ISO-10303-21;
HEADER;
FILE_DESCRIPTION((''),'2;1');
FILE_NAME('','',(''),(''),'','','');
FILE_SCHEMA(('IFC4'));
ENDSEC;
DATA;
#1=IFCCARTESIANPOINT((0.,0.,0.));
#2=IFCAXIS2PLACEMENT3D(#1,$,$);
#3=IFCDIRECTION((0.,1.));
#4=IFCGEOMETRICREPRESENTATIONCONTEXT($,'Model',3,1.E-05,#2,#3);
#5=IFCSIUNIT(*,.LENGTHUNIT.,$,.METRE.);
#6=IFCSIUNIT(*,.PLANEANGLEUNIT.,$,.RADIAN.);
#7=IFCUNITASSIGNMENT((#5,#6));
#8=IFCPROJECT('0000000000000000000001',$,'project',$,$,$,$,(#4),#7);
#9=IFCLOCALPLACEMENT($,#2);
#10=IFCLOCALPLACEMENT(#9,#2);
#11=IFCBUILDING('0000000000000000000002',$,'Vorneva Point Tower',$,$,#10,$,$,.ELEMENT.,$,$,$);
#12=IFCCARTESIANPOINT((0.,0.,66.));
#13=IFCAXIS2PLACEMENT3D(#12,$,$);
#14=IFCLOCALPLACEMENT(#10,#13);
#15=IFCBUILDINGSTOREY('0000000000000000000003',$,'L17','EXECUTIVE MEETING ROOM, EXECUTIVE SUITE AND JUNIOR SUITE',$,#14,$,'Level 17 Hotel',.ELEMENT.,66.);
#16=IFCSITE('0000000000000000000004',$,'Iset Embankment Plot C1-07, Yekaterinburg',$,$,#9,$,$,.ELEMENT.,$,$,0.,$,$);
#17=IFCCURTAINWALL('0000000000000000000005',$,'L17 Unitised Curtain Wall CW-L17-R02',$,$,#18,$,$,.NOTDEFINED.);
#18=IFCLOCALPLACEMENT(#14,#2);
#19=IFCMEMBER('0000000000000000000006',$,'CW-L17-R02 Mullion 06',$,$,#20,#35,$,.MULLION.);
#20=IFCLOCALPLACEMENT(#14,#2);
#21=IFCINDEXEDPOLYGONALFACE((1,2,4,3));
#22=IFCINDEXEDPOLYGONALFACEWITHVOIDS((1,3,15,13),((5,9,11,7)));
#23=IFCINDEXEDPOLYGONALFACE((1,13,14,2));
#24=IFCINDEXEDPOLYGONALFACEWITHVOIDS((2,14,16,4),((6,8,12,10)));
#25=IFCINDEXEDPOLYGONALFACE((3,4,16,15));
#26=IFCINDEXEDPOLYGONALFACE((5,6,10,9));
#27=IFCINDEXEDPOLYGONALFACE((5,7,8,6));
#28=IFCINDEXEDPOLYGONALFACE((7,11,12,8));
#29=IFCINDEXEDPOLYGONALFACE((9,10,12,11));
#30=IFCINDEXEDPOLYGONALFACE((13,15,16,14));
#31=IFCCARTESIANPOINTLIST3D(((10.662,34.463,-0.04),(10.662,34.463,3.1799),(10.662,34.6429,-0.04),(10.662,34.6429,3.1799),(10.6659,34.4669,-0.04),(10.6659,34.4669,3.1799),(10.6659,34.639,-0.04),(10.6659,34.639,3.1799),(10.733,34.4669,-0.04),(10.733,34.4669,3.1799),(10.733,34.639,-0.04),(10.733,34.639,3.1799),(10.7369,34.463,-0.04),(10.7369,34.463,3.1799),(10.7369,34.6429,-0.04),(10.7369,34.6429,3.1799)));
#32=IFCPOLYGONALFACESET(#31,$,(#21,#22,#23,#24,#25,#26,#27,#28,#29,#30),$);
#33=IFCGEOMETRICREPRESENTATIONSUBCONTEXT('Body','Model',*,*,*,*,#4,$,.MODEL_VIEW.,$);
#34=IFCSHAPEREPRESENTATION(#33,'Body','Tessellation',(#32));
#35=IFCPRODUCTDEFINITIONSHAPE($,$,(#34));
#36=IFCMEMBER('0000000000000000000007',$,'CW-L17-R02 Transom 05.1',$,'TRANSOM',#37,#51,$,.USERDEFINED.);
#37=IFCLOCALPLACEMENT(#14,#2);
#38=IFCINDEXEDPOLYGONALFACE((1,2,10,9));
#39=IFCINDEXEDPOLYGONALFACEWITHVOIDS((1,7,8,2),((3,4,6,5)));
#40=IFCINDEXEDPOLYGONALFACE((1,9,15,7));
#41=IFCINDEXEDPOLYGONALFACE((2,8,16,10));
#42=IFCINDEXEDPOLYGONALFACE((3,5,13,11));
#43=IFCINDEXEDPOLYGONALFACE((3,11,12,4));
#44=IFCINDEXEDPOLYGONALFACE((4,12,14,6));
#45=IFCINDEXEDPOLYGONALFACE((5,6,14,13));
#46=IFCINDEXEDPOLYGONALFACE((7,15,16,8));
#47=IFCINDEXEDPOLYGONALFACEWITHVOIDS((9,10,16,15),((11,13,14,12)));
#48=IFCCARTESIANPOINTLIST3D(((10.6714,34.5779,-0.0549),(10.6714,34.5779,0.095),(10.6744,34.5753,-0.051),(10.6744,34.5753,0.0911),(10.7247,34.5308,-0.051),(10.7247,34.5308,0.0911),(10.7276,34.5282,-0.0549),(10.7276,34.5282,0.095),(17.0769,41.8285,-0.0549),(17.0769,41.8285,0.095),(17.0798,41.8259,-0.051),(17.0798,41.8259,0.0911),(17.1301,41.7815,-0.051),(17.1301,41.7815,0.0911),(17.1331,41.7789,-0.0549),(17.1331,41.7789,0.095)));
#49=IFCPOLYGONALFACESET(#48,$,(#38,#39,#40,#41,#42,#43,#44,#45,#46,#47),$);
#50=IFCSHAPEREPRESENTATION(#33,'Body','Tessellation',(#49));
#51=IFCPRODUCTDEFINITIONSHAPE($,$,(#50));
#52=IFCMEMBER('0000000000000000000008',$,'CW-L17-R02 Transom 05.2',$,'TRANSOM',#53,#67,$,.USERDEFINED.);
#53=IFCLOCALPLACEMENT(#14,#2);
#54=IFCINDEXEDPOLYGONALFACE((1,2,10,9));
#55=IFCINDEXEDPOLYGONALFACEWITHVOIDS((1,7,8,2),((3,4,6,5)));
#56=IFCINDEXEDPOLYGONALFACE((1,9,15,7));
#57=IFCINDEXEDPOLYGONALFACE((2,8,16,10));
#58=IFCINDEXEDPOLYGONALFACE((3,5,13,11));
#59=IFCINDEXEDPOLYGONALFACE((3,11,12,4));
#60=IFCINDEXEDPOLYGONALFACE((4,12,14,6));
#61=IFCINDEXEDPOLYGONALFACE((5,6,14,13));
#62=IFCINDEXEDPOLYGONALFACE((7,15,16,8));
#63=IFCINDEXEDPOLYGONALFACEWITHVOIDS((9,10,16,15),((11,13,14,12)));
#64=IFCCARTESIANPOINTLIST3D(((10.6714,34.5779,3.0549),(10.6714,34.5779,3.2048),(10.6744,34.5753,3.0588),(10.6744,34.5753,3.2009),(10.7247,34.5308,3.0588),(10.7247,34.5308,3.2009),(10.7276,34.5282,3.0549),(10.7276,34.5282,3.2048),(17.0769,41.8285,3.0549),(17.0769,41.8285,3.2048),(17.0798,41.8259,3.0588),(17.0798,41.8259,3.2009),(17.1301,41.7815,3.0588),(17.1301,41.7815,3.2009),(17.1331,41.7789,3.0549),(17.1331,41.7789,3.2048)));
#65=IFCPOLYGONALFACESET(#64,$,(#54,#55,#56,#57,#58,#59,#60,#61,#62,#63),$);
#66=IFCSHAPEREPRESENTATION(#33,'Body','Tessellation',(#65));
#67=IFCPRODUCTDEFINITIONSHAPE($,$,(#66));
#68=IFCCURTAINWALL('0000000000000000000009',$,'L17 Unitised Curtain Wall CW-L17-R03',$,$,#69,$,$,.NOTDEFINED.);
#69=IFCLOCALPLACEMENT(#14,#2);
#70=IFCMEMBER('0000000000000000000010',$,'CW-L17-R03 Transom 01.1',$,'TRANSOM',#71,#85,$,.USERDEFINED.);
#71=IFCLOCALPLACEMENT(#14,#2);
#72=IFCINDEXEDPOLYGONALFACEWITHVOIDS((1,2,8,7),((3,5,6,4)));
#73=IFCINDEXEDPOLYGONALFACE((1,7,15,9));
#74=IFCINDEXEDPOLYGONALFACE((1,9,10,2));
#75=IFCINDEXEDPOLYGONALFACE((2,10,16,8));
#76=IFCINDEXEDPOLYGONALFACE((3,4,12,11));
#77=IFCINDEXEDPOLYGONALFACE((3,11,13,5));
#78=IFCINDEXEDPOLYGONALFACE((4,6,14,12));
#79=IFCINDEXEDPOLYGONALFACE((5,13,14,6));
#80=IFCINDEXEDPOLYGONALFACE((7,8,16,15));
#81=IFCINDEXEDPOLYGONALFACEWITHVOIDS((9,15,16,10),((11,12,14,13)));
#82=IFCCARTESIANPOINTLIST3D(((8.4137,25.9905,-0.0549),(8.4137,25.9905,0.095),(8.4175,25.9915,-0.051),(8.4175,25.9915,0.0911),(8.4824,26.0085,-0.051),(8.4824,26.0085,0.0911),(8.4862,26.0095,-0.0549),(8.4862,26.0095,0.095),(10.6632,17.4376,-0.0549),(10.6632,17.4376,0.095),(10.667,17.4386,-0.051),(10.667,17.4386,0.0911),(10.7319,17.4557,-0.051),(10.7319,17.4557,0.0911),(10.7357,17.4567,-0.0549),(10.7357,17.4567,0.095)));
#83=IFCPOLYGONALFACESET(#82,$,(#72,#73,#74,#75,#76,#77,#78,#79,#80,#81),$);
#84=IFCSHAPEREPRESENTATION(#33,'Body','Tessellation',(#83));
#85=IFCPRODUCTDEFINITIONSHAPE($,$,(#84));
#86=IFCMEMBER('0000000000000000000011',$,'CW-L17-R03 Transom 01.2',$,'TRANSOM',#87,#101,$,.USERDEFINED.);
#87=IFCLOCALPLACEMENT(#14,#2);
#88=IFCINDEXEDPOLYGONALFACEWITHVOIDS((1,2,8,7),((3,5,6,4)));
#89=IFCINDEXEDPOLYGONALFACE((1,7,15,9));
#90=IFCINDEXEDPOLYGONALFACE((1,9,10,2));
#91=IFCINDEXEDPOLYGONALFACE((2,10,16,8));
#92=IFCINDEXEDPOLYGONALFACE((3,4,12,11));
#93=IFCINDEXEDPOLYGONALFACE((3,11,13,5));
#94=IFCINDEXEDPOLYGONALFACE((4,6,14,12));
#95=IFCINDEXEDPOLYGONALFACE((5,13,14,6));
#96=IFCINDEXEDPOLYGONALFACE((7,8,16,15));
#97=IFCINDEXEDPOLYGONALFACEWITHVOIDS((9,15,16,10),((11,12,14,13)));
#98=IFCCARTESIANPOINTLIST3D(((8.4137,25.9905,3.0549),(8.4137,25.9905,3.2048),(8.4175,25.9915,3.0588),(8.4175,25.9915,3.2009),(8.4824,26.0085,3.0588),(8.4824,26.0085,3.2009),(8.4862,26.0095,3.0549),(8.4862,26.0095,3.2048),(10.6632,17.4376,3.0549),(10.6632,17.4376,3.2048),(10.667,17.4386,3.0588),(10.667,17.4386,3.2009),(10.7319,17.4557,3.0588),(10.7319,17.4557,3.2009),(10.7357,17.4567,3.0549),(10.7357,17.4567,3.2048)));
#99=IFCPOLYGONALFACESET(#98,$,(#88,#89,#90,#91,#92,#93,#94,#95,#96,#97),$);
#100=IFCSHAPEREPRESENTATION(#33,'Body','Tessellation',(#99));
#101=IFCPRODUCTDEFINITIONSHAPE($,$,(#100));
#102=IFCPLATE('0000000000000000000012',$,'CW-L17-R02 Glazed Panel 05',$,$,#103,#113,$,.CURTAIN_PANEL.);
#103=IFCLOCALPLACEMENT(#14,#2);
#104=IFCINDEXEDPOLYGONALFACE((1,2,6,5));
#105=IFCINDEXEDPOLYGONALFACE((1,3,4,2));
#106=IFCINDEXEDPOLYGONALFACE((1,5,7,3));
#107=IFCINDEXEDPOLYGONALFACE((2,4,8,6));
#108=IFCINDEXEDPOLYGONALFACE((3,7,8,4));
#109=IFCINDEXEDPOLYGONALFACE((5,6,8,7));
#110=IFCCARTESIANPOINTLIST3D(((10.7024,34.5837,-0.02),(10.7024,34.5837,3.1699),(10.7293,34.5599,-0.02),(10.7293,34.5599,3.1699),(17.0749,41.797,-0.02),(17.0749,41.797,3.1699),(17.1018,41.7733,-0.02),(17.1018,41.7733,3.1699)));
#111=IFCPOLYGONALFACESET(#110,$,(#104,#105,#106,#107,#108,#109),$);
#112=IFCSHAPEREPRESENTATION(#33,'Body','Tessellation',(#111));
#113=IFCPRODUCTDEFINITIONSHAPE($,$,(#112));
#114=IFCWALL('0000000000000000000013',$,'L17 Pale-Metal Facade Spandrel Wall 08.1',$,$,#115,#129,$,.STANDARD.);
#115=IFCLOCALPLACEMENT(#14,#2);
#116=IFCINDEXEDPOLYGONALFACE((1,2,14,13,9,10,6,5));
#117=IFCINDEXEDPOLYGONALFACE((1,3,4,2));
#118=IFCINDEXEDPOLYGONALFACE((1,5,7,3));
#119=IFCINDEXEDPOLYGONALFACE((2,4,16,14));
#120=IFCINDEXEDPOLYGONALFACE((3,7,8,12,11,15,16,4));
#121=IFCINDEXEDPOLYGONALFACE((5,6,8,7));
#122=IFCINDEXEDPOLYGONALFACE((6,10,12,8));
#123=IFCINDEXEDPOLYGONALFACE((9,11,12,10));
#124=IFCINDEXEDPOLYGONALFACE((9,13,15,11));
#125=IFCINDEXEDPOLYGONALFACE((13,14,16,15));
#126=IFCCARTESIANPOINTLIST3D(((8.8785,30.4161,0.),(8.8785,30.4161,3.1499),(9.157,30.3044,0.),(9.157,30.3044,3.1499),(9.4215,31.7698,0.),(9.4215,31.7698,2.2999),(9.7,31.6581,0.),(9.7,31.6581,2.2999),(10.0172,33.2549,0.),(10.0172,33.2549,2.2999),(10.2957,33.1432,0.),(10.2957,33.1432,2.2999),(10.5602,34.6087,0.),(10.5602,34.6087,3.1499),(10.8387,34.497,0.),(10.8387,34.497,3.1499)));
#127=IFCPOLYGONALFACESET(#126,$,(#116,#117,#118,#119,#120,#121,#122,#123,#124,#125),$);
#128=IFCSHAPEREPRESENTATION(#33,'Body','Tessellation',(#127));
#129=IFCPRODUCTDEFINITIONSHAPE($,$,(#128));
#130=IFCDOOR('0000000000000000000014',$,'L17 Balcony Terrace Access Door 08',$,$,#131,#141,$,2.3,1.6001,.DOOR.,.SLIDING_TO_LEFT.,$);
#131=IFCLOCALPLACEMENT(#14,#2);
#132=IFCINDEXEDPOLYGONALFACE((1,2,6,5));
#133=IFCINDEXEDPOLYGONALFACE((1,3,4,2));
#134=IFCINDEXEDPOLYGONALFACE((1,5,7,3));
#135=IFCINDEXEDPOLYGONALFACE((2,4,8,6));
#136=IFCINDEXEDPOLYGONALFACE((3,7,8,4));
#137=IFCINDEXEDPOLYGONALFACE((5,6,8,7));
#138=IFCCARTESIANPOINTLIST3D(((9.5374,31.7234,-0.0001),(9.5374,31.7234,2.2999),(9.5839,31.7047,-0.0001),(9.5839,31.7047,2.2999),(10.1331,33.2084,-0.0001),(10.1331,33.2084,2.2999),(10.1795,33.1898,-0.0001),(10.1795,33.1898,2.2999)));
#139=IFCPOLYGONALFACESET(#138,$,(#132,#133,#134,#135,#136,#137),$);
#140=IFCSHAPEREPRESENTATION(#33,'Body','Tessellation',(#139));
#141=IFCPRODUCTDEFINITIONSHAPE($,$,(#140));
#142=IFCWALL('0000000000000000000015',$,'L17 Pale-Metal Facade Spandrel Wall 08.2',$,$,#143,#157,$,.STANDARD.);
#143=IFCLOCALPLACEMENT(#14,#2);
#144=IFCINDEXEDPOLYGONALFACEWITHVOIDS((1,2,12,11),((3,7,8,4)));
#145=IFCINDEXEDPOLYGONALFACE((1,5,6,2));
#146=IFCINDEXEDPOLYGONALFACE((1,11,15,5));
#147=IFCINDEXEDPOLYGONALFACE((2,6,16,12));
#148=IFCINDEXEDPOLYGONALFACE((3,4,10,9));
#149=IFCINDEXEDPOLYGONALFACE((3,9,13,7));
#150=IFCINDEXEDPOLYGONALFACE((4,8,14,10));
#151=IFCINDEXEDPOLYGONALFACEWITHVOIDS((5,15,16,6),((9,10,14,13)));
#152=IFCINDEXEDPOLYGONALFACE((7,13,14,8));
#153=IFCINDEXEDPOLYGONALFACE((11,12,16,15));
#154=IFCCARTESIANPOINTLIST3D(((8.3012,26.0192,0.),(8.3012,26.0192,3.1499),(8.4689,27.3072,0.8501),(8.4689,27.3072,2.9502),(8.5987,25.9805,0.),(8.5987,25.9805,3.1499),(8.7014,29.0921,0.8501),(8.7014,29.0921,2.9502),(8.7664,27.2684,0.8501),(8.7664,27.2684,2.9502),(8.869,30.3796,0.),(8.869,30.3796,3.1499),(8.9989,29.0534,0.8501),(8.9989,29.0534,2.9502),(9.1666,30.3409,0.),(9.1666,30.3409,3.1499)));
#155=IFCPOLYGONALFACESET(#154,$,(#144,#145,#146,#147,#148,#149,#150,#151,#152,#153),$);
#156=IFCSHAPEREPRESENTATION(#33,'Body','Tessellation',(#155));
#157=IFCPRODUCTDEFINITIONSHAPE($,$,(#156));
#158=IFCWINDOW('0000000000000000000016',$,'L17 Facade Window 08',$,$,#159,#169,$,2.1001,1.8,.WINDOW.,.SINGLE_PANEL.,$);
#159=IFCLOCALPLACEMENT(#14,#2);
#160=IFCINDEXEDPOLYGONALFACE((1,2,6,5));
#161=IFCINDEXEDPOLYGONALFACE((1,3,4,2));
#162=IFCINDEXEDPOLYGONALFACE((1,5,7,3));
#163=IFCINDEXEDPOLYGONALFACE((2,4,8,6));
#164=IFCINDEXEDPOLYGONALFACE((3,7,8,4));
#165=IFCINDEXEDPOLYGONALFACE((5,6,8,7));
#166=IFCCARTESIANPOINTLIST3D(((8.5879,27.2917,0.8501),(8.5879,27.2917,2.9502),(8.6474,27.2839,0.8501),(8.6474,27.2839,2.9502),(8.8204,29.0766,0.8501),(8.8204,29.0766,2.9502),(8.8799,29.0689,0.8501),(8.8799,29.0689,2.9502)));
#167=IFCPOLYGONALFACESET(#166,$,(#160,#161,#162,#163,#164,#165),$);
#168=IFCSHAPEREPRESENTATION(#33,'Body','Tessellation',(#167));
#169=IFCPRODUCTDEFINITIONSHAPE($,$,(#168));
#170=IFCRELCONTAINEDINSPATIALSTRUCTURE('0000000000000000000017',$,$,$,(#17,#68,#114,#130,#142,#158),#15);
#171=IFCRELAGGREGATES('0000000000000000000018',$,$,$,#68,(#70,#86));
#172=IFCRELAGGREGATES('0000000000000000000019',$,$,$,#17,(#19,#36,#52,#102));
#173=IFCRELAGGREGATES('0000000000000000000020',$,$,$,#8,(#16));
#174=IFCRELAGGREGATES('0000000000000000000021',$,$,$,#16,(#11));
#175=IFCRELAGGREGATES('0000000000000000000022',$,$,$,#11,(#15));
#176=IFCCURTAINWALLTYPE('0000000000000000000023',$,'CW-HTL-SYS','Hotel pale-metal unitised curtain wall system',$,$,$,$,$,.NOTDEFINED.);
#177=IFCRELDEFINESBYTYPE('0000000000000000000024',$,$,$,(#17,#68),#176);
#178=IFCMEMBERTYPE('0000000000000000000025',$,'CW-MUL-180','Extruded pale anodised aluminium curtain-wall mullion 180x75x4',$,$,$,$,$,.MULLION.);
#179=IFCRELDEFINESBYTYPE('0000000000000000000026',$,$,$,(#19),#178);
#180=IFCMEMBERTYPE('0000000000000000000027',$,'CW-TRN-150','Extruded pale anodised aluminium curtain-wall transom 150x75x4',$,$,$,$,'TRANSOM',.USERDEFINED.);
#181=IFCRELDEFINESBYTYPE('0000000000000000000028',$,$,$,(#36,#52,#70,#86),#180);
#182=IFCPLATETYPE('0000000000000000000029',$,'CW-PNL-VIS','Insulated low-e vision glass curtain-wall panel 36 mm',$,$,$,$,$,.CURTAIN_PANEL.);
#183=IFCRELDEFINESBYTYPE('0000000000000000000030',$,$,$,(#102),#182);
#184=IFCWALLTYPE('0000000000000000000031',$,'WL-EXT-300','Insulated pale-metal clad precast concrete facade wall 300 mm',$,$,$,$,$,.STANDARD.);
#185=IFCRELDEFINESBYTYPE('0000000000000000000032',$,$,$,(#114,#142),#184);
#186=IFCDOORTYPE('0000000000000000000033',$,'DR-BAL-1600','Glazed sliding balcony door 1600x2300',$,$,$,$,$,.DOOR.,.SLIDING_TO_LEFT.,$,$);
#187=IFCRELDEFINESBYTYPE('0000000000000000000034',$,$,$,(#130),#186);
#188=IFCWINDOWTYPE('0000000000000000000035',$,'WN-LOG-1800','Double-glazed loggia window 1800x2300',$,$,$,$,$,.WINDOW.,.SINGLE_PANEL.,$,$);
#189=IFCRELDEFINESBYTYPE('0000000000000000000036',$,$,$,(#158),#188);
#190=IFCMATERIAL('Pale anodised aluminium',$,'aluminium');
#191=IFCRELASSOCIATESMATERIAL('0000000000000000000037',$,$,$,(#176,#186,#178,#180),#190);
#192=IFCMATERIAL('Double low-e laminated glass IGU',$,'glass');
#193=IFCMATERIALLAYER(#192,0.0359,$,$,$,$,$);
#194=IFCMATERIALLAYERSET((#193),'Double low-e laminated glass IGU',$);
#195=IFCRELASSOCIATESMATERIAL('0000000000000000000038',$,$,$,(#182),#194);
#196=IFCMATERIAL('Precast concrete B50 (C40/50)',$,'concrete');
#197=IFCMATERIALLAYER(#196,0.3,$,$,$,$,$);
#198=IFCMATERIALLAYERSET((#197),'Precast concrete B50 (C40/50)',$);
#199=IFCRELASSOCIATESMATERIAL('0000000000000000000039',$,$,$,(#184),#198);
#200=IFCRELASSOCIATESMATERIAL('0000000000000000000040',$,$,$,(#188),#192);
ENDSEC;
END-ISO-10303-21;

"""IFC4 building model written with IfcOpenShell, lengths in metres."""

from ifc_helpers import new_model, si_unit, direction, frame, frame_2d, origin, origin_2d, place, context, subcontext, project, spatial, rectangle, hollow_rectangle, extrude, material, layer, layer_set, material_profile, profile_set, type_object, element, fill, aggregate, save


model = new_model("IFC4")

# Units and contexts
model_context = context("Model", 3, precision=1e-05, world=origin(), true_north=direction((0.0, 1.0)))
body_context = subcontext(model_context, "Body", "Model", "MODEL_VIEW")
ifc_project = project(units=[si_unit("LENGTHUNIT", "METRE"), si_unit("PLANEANGLEUNIT", "RADIAN")], contexts=[model_context])

# Site, building, storey
site_placement = place(None, origin())
site = spatial("IfcSite", under=ifc_project, at=site_placement, Name="Iset Embankment Plot C1-07, Yekaterinburg", CompositionType="ELEMENT", RefElevation=0.0)
building_placement = place(site_placement, origin())
building = spatial("IfcBuilding", under=site, at=building_placement, Name="Vorneva Point Tower", CompositionType="ELEMENT")
storey_placement = place(building_placement, frame((0.0, 0.0, 66.0)))
storey = spatial("IfcBuildingStorey", under=building, at=storey_placement, Name="L17", Description="EXECUTIVE MEETING ROOM, EXECUTIVE SUITE AND JUNIOR SUITE", LongName="Level 17 Hotel", CompositionType="ELEMENT", Elevation=66.0)

# Curtain walls, members
ifc_material_1 = material(Name="Pale anodised aluminium", Category="aluminium")
curtain_wall_type = type_object("IfcCurtainWallType", Name="CW-HTL-SYS", Description="Hotel pale-metal unitised curtain wall system", PredefinedType="NOTDEFINED", material=ifc_material_1)
curtain_wall_1_placement = place(storey_placement, origin())
curtain_wall_1 = element("IfcCurtainWall", 1, at=curtain_wall_1_placement, inside=storey, type_object=curtain_wall_type, Name="L17 Unitised Curtain Wall CW-L17-R02", PredefinedType="NOTDEFINED")
ifc_material_profile_1 = material_profile(ifc_material_1, hollow_rectangle(XDim=0.075, YDim=0.1799, WallThickness=0.0039, at=origin_2d()), Name="AL-MUL 180x75x4")
ifc_profile_set_1 = profile_set([ifc_material_profile_1], Name="Pale anodised aluminium")
member_type_1 = type_object("IfcMemberType", Name="CW-MUL-180", Description="Extruded pale anodised aluminium curtain-wall mullion 180x75x4", PredefinedType="MULLION", material=ifc_profile_set_1)
member_1_placement = place(storey_placement, frame((10.6995, 34.553, -0.04), z_axis=(0.0, 0.0, 1.0), x_axis=(1.0, 0.0, 0.0)))
member_1 = element("IfcMember", 2, at=member_1_placement, type_object=member_type_1, Name="CW-L17-R02 Mullion 06", PredefinedType="MULLION", context=body_context, shape_type="SweptSolid", body=[
    extrude(hollow_rectangle(XDim=0.075, YDim=0.1799, WallThickness=0.0039, at=origin_2d()), origin(), (0.0, 0.0, 1.0), 3.22),
])
ifc_material_profile_2 = material_profile(ifc_material_1, hollow_rectangle(XDim=0.075, YDim=0.1499, WallThickness=0.0039, at=origin_2d()), Name="AL-TRN 150x75x4")
ifc_profile_set_2 = profile_set([ifc_material_profile_2], Name="Pale anodised aluminium")
member_type_2 = type_object("IfcMemberType", Name="CW-TRN-150", Description="Extruded pale anodised aluminium curtain-wall transom 150x75x4", ElementType="TRANSOM", PredefinedType="USERDEFINED", material=ifc_profile_set_2)
member_2_placement = place(storey_placement, frame((17.105, 41.8037, 0.02), z_axis=(-0.662076, -0.749437, 0.0), x_axis=(0.749437, -0.662076, 0.0)))
member_2 = element("IfcMember", 3, at=member_2_placement, type_object=member_type_2, Name="CW-L17-R02 Transom 05.1", ObjectType="TRANSOM", PredefinedType="USERDEFINED", context=body_context, shape_type="SweptSolid", body=[
    extrude(hollow_rectangle(XDim=0.075, YDim=0.1499, WallThickness=0.0039, at=origin_2d()), origin(), (0.0, 0.0, 1.0), 9.6748),
])
member_3_placement = place(storey_placement, frame((17.105, 41.8037, 3.1299), z_axis=(-0.662076, -0.749437, 0.0), x_axis=(0.749437, -0.662076, 0.0)))
member_3 = element("IfcMember", 4, at=member_3_placement, type_object=member_type_2, Name="CW-L17-R02 Transom 05.2", ObjectType="TRANSOM", PredefinedType="USERDEFINED", context=body_context, shape_type="SweptSolid", body=[
    extrude(hollow_rectangle(XDim=0.075, YDim=0.1499, WallThickness=0.0039, at=origin_2d()), origin(), (0.0, 0.0, 1.0), 9.6748),
])
curtain_wall_2_placement = place(storey_placement, origin())
curtain_wall_2 = element("IfcCurtainWall", 5, at=curtain_wall_2_placement, inside=storey, type_object=curtain_wall_type, Name="L17 Unitised Curtain Wall CW-L17-R03", PredefinedType="NOTDEFINED")
member_4_placement = place(storey_placement, frame((8.45, 26.0, 0.02), z_axis=(0.254359, -0.96711, 0.0), x_axis=(0.96711, 0.254359, 0.0)))
member_4 = element("IfcMember", 6, at=member_4_placement, type_object=member_type_2, Name="CW-L17-R03 Transom 01.1", ObjectType="TRANSOM", PredefinedType="USERDEFINED", context=body_context, shape_type="SweptSolid", body=[
    extrude(hollow_rectangle(XDim=0.075, YDim=0.1499, WallThickness=0.0039, at=origin_2d()), origin(), (0.0, 0.0, 1.0), 8.8438),
])
member_5_placement = place(storey_placement, frame((8.45, 26.0, 3.1299), z_axis=(0.254359, -0.96711, 0.0), x_axis=(0.96711, 0.254359, 0.0)))
member_5 = element("IfcMember", 7, at=member_5_placement, type_object=member_type_2, Name="CW-L17-R03 Transom 01.2", ObjectType="TRANSOM", PredefinedType="USERDEFINED", context=body_context, shape_type="SweptSolid", body=[
    extrude(hollow_rectangle(XDim=0.075, YDim=0.1499, WallThickness=0.0039, at=origin_2d()), origin(), (0.0, 0.0, 1.0), 8.8438),
])
aggregate(curtain_wall_2, [member_4, member_5])

# Plate
ifc_material_2 = material(Name="Double low-e laminated glass IGU", Category="glass")
ifc_layer_1 = layer(ifc_material_2, 0.0359)
ifc_layer_set_1 = layer_set([ifc_layer_1], Name="Double low-e laminated glass IGU")
plate_type = type_object("IfcPlateType", Name="CW-PNL-VIS", Description="Insulated low-e vision glass curtain-wall panel 36 mm", PredefinedType="CURTAIN_PANEL", material=ifc_layer_set_1)
plate_placement = place(storey_placement, frame((13.9021, 38.1785, -0.02), z_axis=(0.0, 0.0, 1.0), x_axis=(-0.662071, -0.749441, 0.0)))
plate = element("IfcPlate", 8, at=plate_placement, type_object=plate_type, Name="CW-L17-R02 Glazed Panel 05", PredefinedType="CURTAIN_PANEL", context=body_context, shape_type="SweptSolid", body=[
    extrude(rectangle(XDim=9.625, YDim=0.0359, at=origin_2d()), origin(), (0.0, 0.0, 1.0), 3.1899),
])
aggregate(curtain_wall_1, [member_1, member_2, member_3, plate])

# Wall, opening, door
ifc_material_3 = material(Name="Precast concrete B50 (C40/50)", Category="concrete")
ifc_layer_2 = layer(ifc_material_3, 0.3)
ifc_layer_set_2 = layer_set([ifc_layer_2], Name="Precast concrete B50 (C40/50)")
wall_type_1 = type_object("IfcWallType", Name="WL-EXT-300", Description="Insulated pale-metal clad precast concrete facade wall 300 mm", PredefinedType="STANDARD", material=ifc_layer_set_2)
wall_1_placement = place(storey_placement, frame((10.6995, 34.553, 0.0), z_axis=(0.0, 0.0, 1.0), x_axis=(-0.372266, -0.928126, 0.0)))
wall_1 = element("IfcWall", 9, at=wall_1_placement, inside=storey, type_object=wall_type_1, Name="L17 Pale-Metal Facade Spandrel Wall 08.1", PredefinedType="STANDARD", context=body_context, shape_type="SweptSolid", body=[
    extrude(rectangle(XDim=4.5173, YDim=0.3, at=frame_2d((2.2588, 0.0))), origin(), (0.0, 0.0, 1.0), 3.1499),
])
opening_1_placement = place(wall_1_placement, frame((1.4587, 0.0, 0.0)))
opening_1 = element("IfcOpeningElement", 10, at=opening_1_placement, cuts=wall_1, PredefinedType="OPENING", context=body_context, shape_type="SweptSolid", body=[
    extrude(rectangle(XDim=1.6001, YDim=2.3, at=frame_2d((0.8, 1.1499))), frame((0.0, 0.165, 0.0), z_axis=(0.0, -1.0, 0.0), x_axis=(1.0, 0.0, 0.0)), (0.0, 0.0, 1.0), 0.3298),
])
door_type = type_object("IfcDoorType", Name="DR-BAL-1600", Description="Glazed sliding balcony door 1600x2300", OperationType="SLIDING_TO_LEFT", PredefinedType="DOOR", material=ifc_material_1)
door_placement = place(opening_1_placement, origin())
door = element("IfcDoor", 11, at=door_placement, inside=storey, type_object=door_type, Name="L17 Balcony Terrace Access Door 08", OperationType="SLIDING_TO_LEFT", OverallHeight=2.3, OverallWidth=1.6001, PredefinedType="DOOR", context=body_context, shape_type="SweptSolid", body=[
    extrude(rectangle(XDim=1.6001, YDim=2.3, at=frame_2d((0.8, 1.1499))), frame((0.0, 0.0249, 0.0), z_axis=(0.0, -1.0, 0.0), x_axis=(1.0, 0.0, 0.0)), (0.0, 0.0, 1.0), 0.05),
])
fill(opening_1, door)

# Wall, opening, window
wall_2_placement = place(storey_placement, frame((9.0178, 30.3604, 0.0), z_axis=(0.0, 0.0, 1.0), x_axis=(-0.129145, -0.991626, 0.0)))
wall_2 = element("IfcWall", 12, at=wall_2_placement, inside=storey, type_object=wall_type_1, Name="L17 Pale-Metal Facade Spandrel Wall 08.2", PredefinedType="STANDARD", context=body_context, shape_type="SweptSolid", body=[
    extrude(rectangle(XDim=4.3972, YDim=0.3, at=frame_2d((2.1987, 0.0))), origin(), (0.0, 0.0, 1.0), 3.1499),
])
opening_2_placement = place(wall_2_placement, frame((1.2986, 0.0, 0.8501)))
opening_2 = element("IfcOpeningElement", 13, at=opening_2_placement, cuts=wall_2, PredefinedType="OPENING", context=body_context, shape_type="SweptSolid", body=[
    extrude(rectangle(XDim=1.8, YDim=2.1001, at=frame_2d((0.8999, 1.05))), frame((0.0, 0.165, 0.0), z_axis=(0.0, -1.0, 0.0), x_axis=(1.0, 0.0, 0.0)), (0.0, 0.0, 1.0), 0.3298),
])
window_type = type_object("IfcWindowType", Name="WN-LOG-1800", Description="Double-glazed loggia window 1800x2300", PartitioningType="SINGLE_PANEL", PredefinedType="WINDOW", material=ifc_material_2)
window_placement = place(opening_2_placement, origin())
window = element("IfcWindow", 14, at=window_placement, inside=storey, type_object=window_type, Name="L17 Facade Window 08", OverallHeight=2.1001, OverallWidth=1.8, PartitioningType="SINGLE_PANEL", PredefinedType="WINDOW", context=body_context, shape_type="SweptSolid", body=[
    extrude(rectangle(XDim=1.8, YDim=2.1001, at=frame_2d((0.8999, 1.05))), frame((0.0, 0.03, 0.0), z_axis=(0.0, -1.0, 0.0), x_axis=(1.0, 0.0, 0.0)), (0.0, 0.0, 1.0), 0.0601),
])
fill(opening_2, window)

save(model, "model.ifc")
